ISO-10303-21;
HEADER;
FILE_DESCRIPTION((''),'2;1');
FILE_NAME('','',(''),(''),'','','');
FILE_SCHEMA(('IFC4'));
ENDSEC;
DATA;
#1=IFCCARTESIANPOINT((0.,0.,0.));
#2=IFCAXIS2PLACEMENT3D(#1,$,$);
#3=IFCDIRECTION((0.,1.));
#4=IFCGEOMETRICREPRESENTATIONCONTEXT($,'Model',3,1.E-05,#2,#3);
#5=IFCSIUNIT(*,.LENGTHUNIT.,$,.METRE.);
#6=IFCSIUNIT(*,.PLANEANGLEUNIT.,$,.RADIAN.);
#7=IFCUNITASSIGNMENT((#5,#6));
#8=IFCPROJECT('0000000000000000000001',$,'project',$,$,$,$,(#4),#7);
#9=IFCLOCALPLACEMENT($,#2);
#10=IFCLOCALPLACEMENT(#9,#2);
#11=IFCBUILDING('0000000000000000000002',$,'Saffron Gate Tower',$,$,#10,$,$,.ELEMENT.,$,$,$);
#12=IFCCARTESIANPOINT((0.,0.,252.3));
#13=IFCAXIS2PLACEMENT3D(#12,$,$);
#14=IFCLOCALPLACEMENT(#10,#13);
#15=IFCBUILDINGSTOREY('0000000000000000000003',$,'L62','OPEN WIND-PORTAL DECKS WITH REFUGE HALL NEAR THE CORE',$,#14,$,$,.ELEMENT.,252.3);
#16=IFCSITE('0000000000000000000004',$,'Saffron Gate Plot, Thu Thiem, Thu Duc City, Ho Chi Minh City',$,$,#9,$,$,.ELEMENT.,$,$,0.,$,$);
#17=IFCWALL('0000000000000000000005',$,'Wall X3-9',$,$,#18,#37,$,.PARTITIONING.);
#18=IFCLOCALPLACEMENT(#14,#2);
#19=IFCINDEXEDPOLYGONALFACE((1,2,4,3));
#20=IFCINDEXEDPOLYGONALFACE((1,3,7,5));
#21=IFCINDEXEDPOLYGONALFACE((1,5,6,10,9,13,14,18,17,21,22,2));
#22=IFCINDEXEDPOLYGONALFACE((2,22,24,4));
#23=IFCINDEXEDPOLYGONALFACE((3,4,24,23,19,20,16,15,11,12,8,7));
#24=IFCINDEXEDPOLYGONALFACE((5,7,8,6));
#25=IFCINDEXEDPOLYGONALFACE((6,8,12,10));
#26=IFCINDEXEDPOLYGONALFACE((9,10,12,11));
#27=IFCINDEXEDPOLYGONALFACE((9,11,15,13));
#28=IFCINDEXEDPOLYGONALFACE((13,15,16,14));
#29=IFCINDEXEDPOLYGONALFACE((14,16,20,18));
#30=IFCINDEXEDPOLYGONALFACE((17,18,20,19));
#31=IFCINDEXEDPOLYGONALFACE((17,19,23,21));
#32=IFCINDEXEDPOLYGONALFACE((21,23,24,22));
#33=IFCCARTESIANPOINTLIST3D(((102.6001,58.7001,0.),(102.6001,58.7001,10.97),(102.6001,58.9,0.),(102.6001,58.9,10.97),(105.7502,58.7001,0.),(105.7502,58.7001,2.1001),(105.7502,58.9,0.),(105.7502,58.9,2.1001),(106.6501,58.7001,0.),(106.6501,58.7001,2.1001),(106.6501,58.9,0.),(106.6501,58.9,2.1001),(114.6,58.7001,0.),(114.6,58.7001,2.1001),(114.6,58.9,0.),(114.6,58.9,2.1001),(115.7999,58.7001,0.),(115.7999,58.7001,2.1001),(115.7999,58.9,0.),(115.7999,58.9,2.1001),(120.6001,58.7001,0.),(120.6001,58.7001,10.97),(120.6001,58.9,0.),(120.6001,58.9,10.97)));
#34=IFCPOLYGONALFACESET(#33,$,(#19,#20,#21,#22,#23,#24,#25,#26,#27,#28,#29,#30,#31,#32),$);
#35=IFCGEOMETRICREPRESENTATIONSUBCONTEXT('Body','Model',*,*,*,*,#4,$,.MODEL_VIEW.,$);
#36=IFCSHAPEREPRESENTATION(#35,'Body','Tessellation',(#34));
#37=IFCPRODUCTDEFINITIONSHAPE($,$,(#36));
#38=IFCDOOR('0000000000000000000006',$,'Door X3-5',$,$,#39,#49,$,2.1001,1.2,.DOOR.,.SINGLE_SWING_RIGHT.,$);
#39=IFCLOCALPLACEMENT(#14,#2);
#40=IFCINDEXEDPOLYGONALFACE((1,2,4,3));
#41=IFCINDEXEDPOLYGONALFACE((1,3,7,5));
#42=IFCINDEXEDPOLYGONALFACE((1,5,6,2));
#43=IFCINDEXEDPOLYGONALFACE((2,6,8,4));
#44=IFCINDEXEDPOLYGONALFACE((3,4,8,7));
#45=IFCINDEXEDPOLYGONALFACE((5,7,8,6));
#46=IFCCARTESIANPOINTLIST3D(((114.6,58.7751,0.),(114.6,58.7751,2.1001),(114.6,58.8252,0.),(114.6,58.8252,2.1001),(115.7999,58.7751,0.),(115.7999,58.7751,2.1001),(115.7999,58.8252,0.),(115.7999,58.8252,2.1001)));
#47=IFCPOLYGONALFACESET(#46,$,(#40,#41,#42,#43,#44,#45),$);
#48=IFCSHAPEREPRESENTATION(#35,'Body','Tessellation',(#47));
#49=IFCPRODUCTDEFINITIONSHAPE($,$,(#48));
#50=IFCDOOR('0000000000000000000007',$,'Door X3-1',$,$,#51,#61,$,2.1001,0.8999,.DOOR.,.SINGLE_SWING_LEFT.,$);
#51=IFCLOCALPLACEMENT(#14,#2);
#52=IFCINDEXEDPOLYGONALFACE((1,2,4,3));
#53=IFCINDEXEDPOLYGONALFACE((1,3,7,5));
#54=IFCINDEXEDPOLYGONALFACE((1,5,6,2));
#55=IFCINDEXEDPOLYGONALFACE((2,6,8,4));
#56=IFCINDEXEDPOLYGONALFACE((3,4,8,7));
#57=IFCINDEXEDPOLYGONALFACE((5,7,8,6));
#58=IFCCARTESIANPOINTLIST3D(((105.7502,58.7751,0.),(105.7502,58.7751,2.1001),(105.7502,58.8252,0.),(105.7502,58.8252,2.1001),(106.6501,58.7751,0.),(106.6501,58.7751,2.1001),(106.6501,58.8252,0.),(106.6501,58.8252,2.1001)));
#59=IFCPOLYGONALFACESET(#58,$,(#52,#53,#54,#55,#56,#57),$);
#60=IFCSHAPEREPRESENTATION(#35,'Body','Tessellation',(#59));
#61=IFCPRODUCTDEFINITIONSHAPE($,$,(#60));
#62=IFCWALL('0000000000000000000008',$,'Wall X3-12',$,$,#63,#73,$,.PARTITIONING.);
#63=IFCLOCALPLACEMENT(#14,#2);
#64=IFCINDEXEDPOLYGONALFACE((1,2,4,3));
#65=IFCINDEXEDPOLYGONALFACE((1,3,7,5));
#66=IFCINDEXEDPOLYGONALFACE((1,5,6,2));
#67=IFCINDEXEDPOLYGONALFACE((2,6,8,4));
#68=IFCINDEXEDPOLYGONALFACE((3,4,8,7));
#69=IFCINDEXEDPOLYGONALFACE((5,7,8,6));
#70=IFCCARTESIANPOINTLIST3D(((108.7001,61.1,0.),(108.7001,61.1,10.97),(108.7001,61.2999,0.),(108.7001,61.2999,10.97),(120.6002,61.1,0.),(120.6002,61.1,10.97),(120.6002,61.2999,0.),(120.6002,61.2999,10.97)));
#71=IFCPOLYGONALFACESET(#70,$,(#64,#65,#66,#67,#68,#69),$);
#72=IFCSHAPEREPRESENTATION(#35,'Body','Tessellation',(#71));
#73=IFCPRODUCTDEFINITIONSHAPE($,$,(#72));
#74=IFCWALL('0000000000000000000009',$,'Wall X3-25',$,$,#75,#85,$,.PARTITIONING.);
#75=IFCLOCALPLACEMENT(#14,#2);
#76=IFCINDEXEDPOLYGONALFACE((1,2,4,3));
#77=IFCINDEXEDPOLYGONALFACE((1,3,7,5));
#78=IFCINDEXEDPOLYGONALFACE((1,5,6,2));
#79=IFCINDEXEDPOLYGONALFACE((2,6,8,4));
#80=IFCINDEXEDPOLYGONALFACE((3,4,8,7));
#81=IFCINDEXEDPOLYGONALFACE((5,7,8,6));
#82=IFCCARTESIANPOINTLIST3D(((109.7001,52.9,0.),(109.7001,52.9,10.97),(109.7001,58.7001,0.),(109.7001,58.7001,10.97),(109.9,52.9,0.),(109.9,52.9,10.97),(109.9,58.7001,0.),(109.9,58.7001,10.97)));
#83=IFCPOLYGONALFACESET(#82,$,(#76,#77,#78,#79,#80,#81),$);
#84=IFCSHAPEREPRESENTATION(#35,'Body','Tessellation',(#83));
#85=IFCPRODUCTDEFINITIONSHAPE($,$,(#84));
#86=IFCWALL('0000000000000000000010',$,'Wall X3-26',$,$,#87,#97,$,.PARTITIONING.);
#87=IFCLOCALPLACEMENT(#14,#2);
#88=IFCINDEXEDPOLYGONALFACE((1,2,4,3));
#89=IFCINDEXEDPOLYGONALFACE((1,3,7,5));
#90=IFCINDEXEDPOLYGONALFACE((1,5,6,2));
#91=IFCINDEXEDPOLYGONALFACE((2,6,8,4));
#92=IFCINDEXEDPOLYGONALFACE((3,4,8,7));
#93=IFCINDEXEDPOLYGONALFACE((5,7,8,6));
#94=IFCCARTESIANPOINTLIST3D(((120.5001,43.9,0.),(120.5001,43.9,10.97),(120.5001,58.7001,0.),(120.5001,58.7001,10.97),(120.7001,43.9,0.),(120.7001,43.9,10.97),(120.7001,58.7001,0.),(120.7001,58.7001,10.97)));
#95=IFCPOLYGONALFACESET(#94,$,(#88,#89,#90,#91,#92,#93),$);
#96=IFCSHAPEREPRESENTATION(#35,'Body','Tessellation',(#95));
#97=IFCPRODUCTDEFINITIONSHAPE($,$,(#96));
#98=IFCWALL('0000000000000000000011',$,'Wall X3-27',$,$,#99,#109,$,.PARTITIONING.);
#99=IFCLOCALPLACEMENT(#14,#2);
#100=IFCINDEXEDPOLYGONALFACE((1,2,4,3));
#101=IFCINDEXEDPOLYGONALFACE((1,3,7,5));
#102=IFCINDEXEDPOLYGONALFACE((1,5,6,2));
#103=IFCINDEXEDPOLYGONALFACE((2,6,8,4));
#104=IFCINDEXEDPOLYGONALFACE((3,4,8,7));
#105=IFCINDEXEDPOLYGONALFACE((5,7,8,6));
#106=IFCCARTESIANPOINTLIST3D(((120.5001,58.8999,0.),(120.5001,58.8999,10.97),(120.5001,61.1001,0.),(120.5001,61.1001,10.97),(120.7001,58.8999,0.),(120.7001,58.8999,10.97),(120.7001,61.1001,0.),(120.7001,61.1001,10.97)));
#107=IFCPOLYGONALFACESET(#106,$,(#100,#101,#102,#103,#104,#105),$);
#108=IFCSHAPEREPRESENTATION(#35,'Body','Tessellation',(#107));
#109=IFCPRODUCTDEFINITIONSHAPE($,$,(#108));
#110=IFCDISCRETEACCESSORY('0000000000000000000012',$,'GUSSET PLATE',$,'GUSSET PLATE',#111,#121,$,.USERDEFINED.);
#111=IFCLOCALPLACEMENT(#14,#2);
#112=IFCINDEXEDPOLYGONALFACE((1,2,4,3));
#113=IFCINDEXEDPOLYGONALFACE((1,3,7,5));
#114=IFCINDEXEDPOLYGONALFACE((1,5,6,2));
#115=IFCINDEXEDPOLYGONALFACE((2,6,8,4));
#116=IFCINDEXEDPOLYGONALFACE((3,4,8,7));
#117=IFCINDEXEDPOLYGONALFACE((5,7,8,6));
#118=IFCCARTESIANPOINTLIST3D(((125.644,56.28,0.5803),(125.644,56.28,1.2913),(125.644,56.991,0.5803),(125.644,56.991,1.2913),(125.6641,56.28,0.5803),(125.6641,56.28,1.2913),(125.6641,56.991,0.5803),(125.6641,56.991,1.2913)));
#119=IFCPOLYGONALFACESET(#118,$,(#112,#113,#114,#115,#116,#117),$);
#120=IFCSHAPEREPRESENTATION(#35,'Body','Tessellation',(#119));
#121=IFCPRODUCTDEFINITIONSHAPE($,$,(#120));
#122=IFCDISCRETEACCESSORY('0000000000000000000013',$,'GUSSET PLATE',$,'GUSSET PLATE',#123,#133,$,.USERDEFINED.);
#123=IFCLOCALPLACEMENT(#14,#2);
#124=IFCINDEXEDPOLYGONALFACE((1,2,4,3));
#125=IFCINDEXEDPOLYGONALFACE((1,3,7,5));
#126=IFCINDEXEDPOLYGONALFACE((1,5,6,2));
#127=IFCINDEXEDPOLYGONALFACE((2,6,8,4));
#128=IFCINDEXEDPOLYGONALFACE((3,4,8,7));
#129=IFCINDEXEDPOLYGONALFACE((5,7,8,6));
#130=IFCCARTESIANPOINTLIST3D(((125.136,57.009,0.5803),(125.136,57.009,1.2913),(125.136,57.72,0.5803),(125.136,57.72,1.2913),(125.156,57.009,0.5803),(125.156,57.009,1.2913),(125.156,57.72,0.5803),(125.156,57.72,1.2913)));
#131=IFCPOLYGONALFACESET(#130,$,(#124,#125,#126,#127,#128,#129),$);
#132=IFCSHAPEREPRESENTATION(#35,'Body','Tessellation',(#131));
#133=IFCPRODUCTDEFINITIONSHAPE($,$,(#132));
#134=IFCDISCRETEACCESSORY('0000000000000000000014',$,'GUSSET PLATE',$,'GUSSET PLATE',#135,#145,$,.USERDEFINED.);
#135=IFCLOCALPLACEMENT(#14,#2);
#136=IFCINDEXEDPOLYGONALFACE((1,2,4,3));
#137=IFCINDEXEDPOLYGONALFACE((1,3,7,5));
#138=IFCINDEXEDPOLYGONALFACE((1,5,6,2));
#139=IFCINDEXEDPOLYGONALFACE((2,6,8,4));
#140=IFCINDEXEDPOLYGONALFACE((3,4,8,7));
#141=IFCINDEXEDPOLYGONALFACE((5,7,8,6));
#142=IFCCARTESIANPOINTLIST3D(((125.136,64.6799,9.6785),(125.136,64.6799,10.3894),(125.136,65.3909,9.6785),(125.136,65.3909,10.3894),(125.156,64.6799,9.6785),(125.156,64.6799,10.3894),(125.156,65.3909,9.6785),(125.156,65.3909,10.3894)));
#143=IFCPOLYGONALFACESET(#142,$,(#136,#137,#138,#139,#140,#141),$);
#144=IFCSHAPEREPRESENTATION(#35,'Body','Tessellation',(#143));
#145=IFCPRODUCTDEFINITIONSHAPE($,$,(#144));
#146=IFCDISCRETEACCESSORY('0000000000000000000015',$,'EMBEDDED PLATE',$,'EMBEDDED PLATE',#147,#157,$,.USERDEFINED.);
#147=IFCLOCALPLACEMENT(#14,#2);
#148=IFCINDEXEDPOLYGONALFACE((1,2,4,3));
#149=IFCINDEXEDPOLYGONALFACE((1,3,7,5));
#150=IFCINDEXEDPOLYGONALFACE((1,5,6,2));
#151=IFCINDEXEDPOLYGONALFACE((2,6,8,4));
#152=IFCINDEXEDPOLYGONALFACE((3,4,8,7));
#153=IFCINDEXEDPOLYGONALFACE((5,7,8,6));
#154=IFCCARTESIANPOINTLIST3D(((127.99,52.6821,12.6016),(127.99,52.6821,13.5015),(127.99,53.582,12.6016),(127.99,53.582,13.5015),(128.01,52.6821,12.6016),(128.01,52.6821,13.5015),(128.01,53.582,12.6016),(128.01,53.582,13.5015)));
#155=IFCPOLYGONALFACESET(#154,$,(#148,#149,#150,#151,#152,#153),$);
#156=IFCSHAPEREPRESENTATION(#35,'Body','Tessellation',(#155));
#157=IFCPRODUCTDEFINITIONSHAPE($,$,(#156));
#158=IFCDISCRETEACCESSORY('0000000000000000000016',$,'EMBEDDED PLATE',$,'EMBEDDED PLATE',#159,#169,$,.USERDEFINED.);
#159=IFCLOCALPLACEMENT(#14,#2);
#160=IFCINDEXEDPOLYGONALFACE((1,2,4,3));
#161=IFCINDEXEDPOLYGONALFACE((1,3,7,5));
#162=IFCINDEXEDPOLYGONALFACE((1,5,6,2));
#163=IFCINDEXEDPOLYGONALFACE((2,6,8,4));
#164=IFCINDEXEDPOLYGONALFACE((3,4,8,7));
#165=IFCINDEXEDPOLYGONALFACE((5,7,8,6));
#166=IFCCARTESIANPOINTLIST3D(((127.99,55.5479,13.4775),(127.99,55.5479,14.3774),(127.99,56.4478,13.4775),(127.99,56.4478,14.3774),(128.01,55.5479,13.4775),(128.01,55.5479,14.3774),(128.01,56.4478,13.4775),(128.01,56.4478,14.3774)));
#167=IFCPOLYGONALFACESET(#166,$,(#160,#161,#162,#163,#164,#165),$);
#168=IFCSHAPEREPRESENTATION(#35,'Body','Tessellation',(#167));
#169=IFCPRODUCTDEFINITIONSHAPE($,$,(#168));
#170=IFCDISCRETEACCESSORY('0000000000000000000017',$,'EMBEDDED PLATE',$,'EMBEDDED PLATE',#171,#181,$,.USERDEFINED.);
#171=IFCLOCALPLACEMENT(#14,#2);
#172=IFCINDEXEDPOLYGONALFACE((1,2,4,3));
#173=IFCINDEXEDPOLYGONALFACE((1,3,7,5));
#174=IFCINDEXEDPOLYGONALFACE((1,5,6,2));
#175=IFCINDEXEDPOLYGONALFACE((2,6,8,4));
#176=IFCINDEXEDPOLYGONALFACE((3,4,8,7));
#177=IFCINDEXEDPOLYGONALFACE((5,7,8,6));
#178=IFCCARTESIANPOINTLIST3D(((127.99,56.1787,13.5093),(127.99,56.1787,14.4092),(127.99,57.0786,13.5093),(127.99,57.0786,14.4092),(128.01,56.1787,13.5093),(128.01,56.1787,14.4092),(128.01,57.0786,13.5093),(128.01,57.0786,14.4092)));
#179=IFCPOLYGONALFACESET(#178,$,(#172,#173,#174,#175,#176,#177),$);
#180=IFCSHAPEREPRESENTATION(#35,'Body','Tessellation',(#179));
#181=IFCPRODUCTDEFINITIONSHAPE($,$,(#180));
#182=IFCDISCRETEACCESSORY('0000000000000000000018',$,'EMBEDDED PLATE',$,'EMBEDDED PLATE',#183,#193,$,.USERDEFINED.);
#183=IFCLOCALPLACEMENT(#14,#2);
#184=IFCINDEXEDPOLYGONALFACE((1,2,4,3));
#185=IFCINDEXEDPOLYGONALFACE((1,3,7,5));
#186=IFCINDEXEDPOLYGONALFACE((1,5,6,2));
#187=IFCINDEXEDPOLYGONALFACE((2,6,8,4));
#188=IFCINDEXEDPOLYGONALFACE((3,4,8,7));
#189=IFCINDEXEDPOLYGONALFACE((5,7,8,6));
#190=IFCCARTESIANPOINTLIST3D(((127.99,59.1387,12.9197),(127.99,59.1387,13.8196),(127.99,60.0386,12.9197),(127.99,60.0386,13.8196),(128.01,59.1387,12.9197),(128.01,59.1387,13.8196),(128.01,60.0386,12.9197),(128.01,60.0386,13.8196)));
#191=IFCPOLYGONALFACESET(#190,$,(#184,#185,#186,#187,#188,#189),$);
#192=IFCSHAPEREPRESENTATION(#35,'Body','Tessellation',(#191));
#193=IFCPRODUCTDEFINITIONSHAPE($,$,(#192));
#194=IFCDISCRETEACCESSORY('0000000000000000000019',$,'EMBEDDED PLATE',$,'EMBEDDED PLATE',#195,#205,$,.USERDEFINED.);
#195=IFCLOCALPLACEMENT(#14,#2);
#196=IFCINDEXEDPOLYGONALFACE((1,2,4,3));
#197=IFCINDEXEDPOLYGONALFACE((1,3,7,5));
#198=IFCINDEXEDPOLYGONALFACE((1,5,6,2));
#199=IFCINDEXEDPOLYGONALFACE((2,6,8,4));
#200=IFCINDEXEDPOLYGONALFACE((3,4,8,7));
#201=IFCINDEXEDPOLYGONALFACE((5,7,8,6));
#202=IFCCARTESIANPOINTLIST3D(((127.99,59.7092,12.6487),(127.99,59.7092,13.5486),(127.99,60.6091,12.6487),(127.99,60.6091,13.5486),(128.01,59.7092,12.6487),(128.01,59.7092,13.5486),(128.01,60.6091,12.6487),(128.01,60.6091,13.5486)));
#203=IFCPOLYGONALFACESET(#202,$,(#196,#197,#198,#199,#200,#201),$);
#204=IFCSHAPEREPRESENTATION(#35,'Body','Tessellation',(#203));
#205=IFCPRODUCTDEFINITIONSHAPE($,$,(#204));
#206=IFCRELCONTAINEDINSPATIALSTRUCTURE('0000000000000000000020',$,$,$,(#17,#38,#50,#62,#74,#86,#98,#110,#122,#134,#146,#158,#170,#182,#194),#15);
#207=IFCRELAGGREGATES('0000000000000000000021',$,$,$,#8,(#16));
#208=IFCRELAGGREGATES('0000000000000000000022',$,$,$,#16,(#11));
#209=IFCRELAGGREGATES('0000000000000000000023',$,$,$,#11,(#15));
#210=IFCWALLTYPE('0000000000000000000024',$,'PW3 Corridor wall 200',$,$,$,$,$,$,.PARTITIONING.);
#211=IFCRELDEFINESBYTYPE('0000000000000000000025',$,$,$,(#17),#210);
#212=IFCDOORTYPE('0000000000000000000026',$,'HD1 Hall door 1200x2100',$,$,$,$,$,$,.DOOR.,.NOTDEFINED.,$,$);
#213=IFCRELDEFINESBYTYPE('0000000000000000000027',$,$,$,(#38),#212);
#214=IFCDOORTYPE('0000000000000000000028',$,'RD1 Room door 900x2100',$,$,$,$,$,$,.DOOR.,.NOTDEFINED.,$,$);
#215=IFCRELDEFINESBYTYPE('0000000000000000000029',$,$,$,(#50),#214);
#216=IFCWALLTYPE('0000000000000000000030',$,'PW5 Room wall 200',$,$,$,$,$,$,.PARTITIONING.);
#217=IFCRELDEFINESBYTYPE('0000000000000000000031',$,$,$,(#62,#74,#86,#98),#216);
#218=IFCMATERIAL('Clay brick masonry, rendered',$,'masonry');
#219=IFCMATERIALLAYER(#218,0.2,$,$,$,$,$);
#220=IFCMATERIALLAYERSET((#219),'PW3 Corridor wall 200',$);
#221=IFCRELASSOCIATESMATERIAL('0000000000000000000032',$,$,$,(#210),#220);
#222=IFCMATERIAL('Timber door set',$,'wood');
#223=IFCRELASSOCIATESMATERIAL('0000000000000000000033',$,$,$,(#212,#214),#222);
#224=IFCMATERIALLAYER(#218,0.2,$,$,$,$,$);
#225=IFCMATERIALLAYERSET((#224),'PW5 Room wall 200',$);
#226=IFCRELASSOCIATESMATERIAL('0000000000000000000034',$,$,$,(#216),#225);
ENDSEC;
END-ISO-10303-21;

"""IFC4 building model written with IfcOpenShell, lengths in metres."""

from ifc_helpers import new_model, si_unit, direction, frame, frame_2d, origin, origin_2d, place, context, subcontext, project, spatial, rectangle, extrude, material, layer, layer_set, type_object, element, fill, save


model = new_model("IFC4")

# Units and contexts
model_context = context("Model", 3, precision=1e-05, world=origin(), true_north=direction((0.0, 1.0)))
body_context = subcontext(model_context, "Body", "Model", "MODEL_VIEW")
ifc_project = project(units=[si_unit("LENGTHUNIT", "METRE"), si_unit("PLANEANGLEUNIT", "RADIAN")], contexts=[model_context])

# Site, building, storey
site_placement = place(None, origin())
site = spatial("IfcSite", under=ifc_project, at=site_placement, Name="Saffron Gate Plot, Thu Thiem, Thu Duc City, Ho Chi Minh City", CompositionType="ELEMENT", RefElevation=0.0)
building_placement = place(site_placement, origin())
building = spatial("IfcBuilding", under=site, at=building_placement, Name="Saffron Gate Tower", CompositionType="ELEMENT")
storey_placement = place(building_placement, frame((0.0, 0.0, 252.3)))
storey = spatial("IfcBuildingStorey", under=building, at=storey_placement, Name="L62", Description="OPEN WIND-PORTAL DECKS WITH REFUGE HALL NEAR THE CORE", CompositionType="ELEMENT", Elevation=252.3)

# Wall, openings, doors
ifc_material_1 = material(Name="Clay brick masonry, rendered", Category="masonry")
ifc_layer_1 = layer(ifc_material_1, 0.2)
ifc_layer_set_1 = layer_set([ifc_layer_1], Name="PW3 Corridor wall 200")
wall_type_1 = type_object("IfcWallType", Name="PW3 Corridor wall 200", PredefinedType="PARTITIONING", material=ifc_layer_set_1)
wall_1_placement = place(storey_placement, frame((120.6001, 58.8, 0.0), z_axis=(0.0, 0.0, 1.0), x_axis=(-1.0, 0.0, 0.0)))
wall_1 = element("IfcWall", 1, at=wall_1_placement, inside=storey, type_object=wall_type_1, Name="Wall X3-9", PredefinedType="PARTITIONING", context=body_context, shape_type="SweptSolid", body=[
    extrude(rectangle(XDim=18.0, YDim=0.2, at=frame_2d((9.0, 0.0))), origin(), (0.0, 0.0, 1.0), 10.97),
])
opening_1_placement = place(wall_1_placement, frame((4.8, 0.0, 0.0)))
opening_1 = element("IfcOpeningElement", 2, at=opening_1_placement, cuts=wall_1, PredefinedType="OPENING", context=body_context, shape_type="SweptSolid", body=[
    extrude(rectangle(XDim=1.2, YDim=2.1001, at=frame_2d((0.6001, 1.05))), frame((0.0, 0.1099, 0.0), z_axis=(0.0, -1.0, 0.0), x_axis=(1.0, 0.0, 0.0)), (0.0, 0.0, 1.0), 0.22),
])
opening_2_placement = place(wall_1_placement, frame((13.95, 0.0, 0.0)))
opening_2 = element("IfcOpeningElement", 3, at=opening_2_placement, cuts=wall_1, PredefinedType="OPENING", context=body_context, shape_type="SweptSolid", body=[
    extrude(rectangle(XDim=0.8999, YDim=2.1001, at=frame_2d((0.45, 1.05))), frame((0.0, 0.1099, 0.0), z_axis=(0.0, -1.0, 0.0), x_axis=(1.0, 0.0, 0.0)), (0.0, 0.0, 1.0), 0.22),
])
ifc_material_2 = material(Name="Timber door set", Category="wood")
door_type_1 = type_object("IfcDoorType", Name="HD1 Hall door 1200x2100", OperationType="NOTDEFINED", PredefinedType="DOOR", material=ifc_material_2)
door_1_placement = place(opening_1_placement, origin())
door_1 = element("IfcDoor", 4, at=door_1_placement, inside=storey, type_object=door_type_1, Name="Door X3-5", OperationType="SINGLE_SWING_RIGHT", OverallHeight=2.1001, OverallWidth=1.2, PredefinedType="DOOR", context=body_context, shape_type="SweptSolid", body=[
    extrude(rectangle(XDim=1.2, YDim=2.1001, at=frame_2d((0.6001, 1.05))), frame((0.0, 0.0249, 0.0), z_axis=(0.0, -1.0, 0.0), x_axis=(1.0, 0.0, 0.0)), (0.0, 0.0, 1.0), 0.05),
])
fill(opening_1, door_1)
door_type_2 = type_object("IfcDoorType", Name="RD1 Room door 900x2100", OperationType="NOTDEFINED", PredefinedType="DOOR", material=ifc_material_2)
door_2_placement = place(opening_2_placement, origin())
door_2 = element("IfcDoor", 5, at=door_2_placement, inside=storey, type_object=door_type_2, Name="Door X3-1", OperationType="SINGLE_SWING_LEFT", OverallHeight=2.1001, OverallWidth=0.8999, PredefinedType="DOOR", context=body_context, shape_type="SweptSolid", body=[
    extrude(rectangle(XDim=0.8999, YDim=2.1001, at=frame_2d((0.45, 1.05))), frame((0.0, 0.0249, 0.0), z_axis=(0.0, -1.0, 0.0), x_axis=(1.0, 0.0, 0.0)), (0.0, 0.0, 1.0), 0.05),
])
fill(opening_2, door_2)

# Walls
ifc_layer_2 = layer(ifc_material_1, 0.2)
ifc_layer_set_2 = layer_set([ifc_layer_2], Name="PW5 Room wall 200")
wall_type_2 = type_object("IfcWallType", Name="PW5 Room wall 200", PredefinedType="PARTITIONING", material=ifc_layer_set_2)
wall_2_placement = place(storey_placement, frame((108.7, 61.2, 0.0), z_axis=(0.0, 0.0, 1.0), x_axis=(1.0, 0.0, 0.0)))
element("IfcWall", 6, at=wall_2_placement, inside=storey, type_object=wall_type_2, Name="Wall X3-12", PredefinedType="PARTITIONING", context=body_context, shape_type="SweptSolid", body=[
    extrude(rectangle(XDim=11.9001, YDim=0.2, at=frame_2d((5.9502, 0.0))), origin(), (0.0, 0.0, 1.0), 10.97),
])
wall_3_placement = place(storey_placement, frame((109.8, 58.7, 0.0), z_axis=(0.0, 0.0, 1.0), x_axis=(0.0, -1.0, 0.0)))
element("IfcWall", 7, at=wall_3_placement, inside=storey, type_object=wall_type_2, Name="Wall X3-25", PredefinedType="PARTITIONING", context=body_context, shape_type="SweptSolid", body=[
    extrude(rectangle(XDim=5.8, YDim=0.2, at=frame_2d((2.8999, 0.0))), origin(), (0.0, 0.0, 1.0), 10.97),
])
wall_4_placement = place(storey_placement, frame((120.6001, 58.7, 0.0), z_axis=(0.0, 0.0, 1.0), x_axis=(0.0, -1.0, 0.0)))
element("IfcWall", 8, at=wall_4_placement, inside=storey, type_object=wall_type_2, Name="Wall X3-26", PredefinedType="PARTITIONING", context=body_context, shape_type="SweptSolid", body=[
    extrude(rectangle(XDim=14.8, YDim=0.2, at=frame_2d((7.3999, 0.0))), origin(), (0.0, 0.0, 1.0), 10.97),
])
wall_5_placement = place(storey_placement, frame((120.6001, 61.1001, 0.0), z_axis=(0.0, 0.0, 1.0), x_axis=(0.0, -1.0, 0.0)))
element("IfcWall", 9, at=wall_5_placement, inside=storey, type_object=wall_type_2, Name="Wall X3-27", PredefinedType="PARTITIONING", context=body_context, shape_type="SweptSolid", body=[
    extrude(rectangle(XDim=2.2002, YDim=0.2, at=frame_2d((1.1001, 0.0))), origin(), (0.0, 0.0, 1.0), 10.97),
])

# Discrete accessories
for number, where, z_axis, x_axis, name in (
    (10, (125.6541, 56.6355, 0.5803), (0.0, 0.0, 1.0), (0.0, -1.0, 0.0), "GUSSET PLATE"),
    (11, (125.146, 57.3645, 0.5803), (0.0, 0.0, 1.0), (0.0, 1.0, 0.0), "GUSSET PLATE"),
    (12, (125.146, 65.0354, 9.6785), (0.0, 0.0, 1.0), (0.0, 1.0, 0.0), "GUSSET PLATE"),
):
    element("IfcDiscreteAccessory", number, at=place(storey_placement, frame(where, z_axis=z_axis, x_axis=x_axis)), inside=storey, Name=name, ObjectType="GUSSET PLATE", PredefinedType="USERDEFINED", context=body_context, shape_type="SweptSolid", body=[
        extrude(rectangle(XDim=0.7109, YDim=0.02, at=origin_2d()), origin(), (0.0, 0.0, 1.0), 0.7109),
    ])
for number, where, z_axis, x_axis, name in (
    (13, (128.0, 53.1321, 12.6016), (0.0, 0.0, 1.0), (0.0, 1.0, 0.0), "EMBEDDED PLATE"),
    (14, (128.0, 55.9978, 13.4775), (0.0, 0.0, 1.0), (0.0, 1.0, 0.0), "EMBEDDED PLATE"),
    (15, (128.0, 56.6287, 13.5093), (0.0, 0.0, 1.0), (0.0, 1.0, 0.0), "EMBEDDED PLATE"),
    (16, (128.0, 59.5886, 12.9197), (0.0, 0.0, 1.0), (0.0, 1.0, 0.0), "EMBEDDED PLATE"),
    (17, (128.0, 60.1592, 12.6487), (0.0, 0.0, 1.0), (0.0, 1.0, 0.0), "EMBEDDED PLATE"),
):
    element("IfcDiscreteAccessory", number, at=place(storey_placement, frame(where, z_axis=z_axis, x_axis=x_axis)), inside=storey, Name=name, ObjectType="EMBEDDED PLATE", PredefinedType="USERDEFINED", context=body_context, shape_type="SweptSolid", body=[
        extrude(rectangle(XDim=0.8999, YDim=0.02, at=origin_2d()), origin(), (0.0, 0.0, 1.0), 0.8999),
    ])

save(model, "model.ifc")
